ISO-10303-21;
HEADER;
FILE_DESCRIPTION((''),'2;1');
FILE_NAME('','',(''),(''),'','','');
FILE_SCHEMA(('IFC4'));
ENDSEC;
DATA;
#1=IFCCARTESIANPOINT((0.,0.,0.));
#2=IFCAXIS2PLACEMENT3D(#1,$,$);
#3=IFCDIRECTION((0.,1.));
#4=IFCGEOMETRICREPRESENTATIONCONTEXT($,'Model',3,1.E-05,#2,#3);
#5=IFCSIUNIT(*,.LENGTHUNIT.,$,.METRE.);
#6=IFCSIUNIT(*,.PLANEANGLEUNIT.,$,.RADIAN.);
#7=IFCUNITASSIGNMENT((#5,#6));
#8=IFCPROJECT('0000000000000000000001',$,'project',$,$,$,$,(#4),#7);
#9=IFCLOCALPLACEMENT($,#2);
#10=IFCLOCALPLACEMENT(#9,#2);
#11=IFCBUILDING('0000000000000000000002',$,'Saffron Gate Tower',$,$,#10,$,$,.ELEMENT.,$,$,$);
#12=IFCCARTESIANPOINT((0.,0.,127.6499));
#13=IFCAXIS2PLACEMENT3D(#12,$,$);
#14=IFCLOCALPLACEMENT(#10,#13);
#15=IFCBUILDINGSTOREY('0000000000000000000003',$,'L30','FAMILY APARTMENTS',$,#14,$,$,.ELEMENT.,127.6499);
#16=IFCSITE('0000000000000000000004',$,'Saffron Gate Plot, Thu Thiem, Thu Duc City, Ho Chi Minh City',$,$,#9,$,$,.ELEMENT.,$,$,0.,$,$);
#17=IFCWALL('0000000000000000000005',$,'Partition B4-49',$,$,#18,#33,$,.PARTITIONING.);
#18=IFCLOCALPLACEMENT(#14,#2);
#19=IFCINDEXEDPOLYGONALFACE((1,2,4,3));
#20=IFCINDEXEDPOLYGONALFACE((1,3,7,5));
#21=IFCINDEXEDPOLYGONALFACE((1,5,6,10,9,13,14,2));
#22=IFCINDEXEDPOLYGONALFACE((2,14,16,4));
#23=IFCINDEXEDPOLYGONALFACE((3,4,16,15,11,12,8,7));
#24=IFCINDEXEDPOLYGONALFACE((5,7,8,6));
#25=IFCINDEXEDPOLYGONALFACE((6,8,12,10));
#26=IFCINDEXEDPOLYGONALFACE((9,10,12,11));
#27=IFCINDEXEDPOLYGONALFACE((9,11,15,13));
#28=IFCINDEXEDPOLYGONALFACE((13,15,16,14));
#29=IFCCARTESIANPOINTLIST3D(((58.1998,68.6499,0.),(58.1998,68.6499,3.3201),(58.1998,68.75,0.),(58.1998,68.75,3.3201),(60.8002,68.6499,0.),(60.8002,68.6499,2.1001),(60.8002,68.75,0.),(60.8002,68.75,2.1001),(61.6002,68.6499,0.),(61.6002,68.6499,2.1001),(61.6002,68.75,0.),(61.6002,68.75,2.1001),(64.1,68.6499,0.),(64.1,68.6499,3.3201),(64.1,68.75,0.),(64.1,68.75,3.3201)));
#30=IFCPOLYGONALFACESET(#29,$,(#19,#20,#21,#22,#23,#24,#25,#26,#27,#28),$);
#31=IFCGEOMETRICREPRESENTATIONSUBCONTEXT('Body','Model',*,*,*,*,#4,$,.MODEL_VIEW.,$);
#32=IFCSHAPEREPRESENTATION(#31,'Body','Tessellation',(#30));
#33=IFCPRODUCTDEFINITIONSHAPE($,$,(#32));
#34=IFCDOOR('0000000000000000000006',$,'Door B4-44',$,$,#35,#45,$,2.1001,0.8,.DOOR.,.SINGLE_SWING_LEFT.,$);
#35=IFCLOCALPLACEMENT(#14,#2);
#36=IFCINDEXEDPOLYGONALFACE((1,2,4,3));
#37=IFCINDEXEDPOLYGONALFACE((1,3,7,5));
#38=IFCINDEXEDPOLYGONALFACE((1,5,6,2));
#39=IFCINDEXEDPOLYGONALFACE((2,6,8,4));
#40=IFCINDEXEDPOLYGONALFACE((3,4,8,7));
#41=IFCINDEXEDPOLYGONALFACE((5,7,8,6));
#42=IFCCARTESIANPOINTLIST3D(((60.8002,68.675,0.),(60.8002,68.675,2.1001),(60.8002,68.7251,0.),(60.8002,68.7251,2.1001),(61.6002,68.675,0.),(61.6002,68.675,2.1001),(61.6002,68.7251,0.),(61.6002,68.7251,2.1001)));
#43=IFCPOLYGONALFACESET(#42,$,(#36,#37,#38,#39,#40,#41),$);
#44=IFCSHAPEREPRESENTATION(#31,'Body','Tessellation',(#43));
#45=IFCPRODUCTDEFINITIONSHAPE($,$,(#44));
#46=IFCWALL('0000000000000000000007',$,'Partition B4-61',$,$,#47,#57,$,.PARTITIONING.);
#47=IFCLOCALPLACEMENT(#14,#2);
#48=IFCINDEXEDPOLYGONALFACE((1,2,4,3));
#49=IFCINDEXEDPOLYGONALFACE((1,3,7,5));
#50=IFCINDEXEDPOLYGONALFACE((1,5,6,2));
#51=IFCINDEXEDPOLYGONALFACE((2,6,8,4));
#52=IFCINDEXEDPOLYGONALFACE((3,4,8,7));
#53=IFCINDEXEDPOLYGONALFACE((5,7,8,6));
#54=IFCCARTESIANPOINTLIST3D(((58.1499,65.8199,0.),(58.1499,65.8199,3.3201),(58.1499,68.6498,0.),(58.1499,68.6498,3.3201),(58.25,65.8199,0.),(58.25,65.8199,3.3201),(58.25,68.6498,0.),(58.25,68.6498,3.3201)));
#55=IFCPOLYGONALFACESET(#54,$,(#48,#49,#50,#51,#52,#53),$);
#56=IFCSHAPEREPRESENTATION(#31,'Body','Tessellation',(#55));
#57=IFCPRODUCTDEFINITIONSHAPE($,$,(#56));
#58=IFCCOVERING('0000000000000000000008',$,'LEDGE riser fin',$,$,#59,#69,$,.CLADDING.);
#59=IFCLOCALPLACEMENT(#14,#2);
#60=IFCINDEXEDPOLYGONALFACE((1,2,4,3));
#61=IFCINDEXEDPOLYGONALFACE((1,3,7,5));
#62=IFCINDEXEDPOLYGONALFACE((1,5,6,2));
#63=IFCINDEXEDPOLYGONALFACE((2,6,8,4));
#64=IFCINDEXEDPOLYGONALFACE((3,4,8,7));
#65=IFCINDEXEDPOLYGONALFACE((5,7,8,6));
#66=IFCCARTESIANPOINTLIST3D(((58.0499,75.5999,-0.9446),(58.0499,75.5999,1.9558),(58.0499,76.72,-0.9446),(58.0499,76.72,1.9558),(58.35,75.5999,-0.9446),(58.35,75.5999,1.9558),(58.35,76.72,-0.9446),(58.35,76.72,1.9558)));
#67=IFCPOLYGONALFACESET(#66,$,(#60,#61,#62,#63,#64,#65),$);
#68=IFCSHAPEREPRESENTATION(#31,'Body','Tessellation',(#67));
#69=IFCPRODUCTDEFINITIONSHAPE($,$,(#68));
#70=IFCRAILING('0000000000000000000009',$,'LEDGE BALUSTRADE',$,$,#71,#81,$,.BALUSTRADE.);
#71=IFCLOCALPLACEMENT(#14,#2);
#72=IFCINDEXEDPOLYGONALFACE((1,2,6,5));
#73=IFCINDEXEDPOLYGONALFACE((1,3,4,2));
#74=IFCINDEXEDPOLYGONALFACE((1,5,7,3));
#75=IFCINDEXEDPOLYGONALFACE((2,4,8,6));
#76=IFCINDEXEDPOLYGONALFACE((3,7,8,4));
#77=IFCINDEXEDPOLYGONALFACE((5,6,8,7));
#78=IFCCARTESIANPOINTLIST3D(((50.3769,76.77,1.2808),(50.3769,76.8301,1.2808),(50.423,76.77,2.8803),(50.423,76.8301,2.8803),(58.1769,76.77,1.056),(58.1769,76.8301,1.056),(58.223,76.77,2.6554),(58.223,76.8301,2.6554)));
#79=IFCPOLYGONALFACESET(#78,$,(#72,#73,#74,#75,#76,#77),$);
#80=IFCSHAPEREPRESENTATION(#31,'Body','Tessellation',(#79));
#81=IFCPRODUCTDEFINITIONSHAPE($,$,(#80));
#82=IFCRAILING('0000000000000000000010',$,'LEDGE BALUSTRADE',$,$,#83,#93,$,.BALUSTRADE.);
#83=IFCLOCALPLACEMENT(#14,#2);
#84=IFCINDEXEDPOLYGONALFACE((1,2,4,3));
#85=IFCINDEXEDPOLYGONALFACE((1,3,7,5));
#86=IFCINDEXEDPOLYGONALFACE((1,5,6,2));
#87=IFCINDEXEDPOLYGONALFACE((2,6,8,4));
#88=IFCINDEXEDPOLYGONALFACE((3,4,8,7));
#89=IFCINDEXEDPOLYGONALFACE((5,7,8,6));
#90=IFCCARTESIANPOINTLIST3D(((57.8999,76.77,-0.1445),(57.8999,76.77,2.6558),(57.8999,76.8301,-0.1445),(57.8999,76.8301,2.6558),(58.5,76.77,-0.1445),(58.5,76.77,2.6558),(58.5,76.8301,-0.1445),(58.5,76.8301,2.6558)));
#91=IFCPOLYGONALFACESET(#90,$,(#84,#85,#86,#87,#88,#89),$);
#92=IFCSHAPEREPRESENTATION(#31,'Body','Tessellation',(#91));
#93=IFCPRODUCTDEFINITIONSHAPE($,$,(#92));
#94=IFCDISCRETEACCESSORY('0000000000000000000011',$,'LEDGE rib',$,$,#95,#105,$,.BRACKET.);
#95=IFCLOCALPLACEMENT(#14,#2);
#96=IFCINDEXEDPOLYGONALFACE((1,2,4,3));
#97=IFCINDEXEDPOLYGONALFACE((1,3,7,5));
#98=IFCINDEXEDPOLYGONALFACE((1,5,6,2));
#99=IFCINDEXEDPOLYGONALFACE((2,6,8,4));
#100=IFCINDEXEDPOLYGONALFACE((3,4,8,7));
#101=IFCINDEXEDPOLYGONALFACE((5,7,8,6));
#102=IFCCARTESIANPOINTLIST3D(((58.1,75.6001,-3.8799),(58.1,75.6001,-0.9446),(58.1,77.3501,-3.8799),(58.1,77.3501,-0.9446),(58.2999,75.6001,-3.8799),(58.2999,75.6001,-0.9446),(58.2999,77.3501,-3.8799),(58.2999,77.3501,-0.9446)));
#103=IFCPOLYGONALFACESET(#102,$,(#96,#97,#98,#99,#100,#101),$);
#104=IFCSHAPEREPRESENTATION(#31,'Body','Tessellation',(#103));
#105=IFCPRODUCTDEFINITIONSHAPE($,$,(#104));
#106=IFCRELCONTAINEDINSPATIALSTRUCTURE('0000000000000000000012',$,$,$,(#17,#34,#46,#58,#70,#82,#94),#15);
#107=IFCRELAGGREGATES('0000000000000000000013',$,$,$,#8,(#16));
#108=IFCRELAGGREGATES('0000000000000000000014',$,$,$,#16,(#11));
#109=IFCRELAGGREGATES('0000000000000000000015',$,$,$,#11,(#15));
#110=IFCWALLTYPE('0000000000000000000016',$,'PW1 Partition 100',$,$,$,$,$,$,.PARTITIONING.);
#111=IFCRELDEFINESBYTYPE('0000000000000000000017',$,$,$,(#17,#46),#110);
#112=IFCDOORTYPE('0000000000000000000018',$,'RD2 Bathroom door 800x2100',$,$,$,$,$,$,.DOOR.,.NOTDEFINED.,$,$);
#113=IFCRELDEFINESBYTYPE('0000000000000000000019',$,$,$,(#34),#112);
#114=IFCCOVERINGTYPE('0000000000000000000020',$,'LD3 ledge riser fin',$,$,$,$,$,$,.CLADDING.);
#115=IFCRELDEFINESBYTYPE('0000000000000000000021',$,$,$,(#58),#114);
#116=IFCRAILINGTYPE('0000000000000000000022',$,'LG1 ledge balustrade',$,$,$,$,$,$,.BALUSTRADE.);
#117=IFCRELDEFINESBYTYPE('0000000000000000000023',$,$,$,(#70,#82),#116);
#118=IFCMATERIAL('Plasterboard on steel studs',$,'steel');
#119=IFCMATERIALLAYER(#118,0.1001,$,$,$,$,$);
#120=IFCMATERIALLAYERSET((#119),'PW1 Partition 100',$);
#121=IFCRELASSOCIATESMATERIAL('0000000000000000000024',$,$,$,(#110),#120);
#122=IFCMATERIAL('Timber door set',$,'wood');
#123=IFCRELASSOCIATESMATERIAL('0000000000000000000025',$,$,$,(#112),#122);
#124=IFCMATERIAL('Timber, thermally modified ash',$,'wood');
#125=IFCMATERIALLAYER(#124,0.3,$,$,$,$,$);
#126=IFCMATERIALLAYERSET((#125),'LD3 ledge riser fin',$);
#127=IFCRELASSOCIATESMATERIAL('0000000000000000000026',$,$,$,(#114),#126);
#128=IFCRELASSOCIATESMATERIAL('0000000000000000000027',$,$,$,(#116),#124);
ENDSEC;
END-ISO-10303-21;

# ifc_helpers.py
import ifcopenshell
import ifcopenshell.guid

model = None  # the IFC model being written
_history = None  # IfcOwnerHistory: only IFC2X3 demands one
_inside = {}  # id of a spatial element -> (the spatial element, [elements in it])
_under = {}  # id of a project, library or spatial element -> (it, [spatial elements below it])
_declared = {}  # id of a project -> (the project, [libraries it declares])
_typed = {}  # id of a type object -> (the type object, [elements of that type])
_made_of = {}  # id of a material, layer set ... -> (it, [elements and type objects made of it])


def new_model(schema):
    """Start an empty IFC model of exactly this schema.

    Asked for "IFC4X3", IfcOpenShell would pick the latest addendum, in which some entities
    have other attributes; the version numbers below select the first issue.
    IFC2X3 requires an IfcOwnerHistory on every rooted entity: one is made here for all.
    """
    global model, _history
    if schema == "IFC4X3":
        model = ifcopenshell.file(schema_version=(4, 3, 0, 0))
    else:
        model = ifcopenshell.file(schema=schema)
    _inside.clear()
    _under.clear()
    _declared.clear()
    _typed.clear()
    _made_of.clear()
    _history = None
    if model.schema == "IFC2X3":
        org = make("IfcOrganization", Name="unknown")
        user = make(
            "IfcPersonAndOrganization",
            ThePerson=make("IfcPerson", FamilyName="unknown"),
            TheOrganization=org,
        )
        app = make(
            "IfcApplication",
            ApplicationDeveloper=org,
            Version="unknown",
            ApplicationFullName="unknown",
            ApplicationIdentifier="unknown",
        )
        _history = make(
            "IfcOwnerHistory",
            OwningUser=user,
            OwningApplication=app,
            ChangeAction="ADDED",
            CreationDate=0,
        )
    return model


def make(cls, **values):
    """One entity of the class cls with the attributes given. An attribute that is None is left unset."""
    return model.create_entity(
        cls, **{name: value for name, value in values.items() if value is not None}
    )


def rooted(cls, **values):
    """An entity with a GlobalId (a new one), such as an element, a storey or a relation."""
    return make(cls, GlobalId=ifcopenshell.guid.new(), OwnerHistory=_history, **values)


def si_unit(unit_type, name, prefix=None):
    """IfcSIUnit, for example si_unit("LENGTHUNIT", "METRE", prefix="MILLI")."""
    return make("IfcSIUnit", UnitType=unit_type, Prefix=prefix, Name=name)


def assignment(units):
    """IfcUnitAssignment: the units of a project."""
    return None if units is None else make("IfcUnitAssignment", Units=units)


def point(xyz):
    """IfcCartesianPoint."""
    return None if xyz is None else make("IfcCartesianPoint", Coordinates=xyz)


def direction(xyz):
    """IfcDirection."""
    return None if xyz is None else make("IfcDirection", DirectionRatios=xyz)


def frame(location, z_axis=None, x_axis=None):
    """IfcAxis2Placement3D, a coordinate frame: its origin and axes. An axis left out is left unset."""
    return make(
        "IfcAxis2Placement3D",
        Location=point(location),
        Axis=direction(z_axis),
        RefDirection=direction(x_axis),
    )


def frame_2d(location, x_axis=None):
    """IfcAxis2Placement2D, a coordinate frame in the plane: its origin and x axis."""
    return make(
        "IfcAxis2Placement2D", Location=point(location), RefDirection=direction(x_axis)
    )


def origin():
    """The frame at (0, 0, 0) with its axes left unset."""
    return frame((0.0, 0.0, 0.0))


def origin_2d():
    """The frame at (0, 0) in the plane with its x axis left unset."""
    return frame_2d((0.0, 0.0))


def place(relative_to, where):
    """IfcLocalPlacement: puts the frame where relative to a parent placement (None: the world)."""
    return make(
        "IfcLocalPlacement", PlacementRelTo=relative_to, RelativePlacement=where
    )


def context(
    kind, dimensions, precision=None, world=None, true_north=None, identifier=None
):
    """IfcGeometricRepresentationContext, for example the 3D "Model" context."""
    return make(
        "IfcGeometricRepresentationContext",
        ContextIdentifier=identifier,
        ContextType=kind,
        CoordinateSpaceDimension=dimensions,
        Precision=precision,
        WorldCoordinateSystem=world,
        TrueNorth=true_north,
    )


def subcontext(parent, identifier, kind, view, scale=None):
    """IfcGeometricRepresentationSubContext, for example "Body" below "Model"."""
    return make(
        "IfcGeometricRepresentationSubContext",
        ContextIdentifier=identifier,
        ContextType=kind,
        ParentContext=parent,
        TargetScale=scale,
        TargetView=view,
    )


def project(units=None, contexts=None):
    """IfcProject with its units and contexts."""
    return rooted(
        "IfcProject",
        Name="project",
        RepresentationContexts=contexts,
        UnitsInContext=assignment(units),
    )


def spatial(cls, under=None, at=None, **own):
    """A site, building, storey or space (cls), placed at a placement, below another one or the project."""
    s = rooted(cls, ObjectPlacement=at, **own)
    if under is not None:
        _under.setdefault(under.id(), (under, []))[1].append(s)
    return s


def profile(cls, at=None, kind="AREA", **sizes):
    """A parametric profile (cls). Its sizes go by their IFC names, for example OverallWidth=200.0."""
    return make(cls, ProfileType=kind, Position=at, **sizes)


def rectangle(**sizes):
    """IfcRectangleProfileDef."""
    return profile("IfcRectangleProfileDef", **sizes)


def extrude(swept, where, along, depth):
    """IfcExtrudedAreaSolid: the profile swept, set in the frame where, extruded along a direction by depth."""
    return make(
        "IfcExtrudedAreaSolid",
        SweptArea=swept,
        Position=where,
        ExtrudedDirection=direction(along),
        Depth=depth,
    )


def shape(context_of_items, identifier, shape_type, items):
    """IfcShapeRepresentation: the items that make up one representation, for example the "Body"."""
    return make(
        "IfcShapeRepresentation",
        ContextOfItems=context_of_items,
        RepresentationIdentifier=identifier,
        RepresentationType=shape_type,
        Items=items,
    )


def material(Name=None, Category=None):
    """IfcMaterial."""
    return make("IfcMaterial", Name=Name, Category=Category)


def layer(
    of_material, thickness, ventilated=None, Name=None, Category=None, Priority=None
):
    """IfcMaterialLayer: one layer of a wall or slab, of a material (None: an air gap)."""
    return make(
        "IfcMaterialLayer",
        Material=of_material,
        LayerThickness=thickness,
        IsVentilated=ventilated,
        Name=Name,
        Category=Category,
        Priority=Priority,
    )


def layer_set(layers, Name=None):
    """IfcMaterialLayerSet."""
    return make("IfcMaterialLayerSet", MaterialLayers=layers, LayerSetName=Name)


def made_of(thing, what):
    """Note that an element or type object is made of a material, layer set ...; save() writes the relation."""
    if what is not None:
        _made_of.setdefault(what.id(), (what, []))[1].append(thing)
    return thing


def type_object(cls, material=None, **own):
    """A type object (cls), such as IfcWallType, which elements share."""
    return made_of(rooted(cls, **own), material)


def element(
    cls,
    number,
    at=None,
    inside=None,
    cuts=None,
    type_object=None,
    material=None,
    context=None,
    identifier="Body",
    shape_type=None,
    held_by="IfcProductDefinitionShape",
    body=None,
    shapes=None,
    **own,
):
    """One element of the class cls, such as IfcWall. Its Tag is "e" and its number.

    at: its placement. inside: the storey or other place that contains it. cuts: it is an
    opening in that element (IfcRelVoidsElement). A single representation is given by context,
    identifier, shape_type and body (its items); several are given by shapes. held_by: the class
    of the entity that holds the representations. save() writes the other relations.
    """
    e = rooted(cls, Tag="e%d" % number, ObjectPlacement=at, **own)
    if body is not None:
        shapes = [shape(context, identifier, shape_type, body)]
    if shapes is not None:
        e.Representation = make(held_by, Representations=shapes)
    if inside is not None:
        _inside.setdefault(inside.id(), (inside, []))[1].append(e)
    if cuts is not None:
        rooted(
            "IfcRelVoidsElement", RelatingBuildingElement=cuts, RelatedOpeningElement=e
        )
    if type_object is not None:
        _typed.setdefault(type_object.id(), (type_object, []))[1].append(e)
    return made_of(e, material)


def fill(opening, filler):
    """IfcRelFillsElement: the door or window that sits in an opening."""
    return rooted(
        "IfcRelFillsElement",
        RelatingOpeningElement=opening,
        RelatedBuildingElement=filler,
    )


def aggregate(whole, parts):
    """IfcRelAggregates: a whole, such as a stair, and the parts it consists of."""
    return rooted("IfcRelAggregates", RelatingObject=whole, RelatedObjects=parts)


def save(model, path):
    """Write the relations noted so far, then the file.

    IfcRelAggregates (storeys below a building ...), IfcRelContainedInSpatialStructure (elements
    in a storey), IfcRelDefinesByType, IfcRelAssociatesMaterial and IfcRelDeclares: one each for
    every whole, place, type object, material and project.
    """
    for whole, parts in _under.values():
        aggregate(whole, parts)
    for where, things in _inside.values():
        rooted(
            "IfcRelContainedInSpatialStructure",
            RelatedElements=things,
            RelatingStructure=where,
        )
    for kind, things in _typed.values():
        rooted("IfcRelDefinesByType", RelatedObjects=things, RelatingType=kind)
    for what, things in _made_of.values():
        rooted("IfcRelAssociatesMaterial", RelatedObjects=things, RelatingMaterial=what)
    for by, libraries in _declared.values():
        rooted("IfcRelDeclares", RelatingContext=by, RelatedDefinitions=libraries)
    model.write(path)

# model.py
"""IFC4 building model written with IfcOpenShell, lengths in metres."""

from ifc_helpers import new_model, si_unit, direction, frame, frame_2d, origin, origin_2d, place, context, subcontext, project, spatial, rectangle, extrude, material, layer, layer_set, type_object, element, fill, save


model = new_model("IFC4")

# Units and contexts
model_context = context("Model", 3, precision=1e-05, world=origin(), true_north=direction((0.0, 1.0)))
body_context = subcontext(model_context, "Body", "Model", "MODEL_VIEW")
ifc_project = project(units=[si_unit("LENGTHUNIT", "METRE"), si_unit("PLANEANGLEUNIT", "RADIAN")], contexts=[model_context])

# Site, building, storey
site_placement = place(None, origin())
site = spatial("IfcSite", under=ifc_project, at=site_placement, Name="Saffron Gate Plot, Thu Thiem, Thu Duc City, Ho Chi Minh City", CompositionType="ELEMENT", RefElevation=0.0)
building_placement = place(site_placement, origin())
building = spatial("IfcBuilding", under=site, at=building_placement, Name="Saffron Gate Tower", CompositionType="ELEMENT")
storey_placement = place(building_placement, frame((0.0, 0.0, 127.6499)))
storey = spatial("IfcBuildingStorey", under=building, at=storey_placement, Name="L30", Description="FAMILY APARTMENTS", CompositionType="ELEMENT", Elevation=127.6499)

# Wall, opening, door
ifc_material_1 = material(Name="Plasterboard on steel studs", Category="steel")
ifc_layer_1 = layer(ifc_material_1, 0.1001)
ifc_layer_set_1 = layer_set([ifc_layer_1], Name="PW1 Partition 100")
wall_type_1 = type_object("IfcWallType", Name="PW1 Partition 100", PredefinedType="PARTITIONING", material=ifc_layer_set_1)
wall_1_placement = place(storey_placement, frame((64.1001, 68.7, 0.0), z_axis=(0.0, 0.0, 1.0), x_axis=(-1.0, 0.0, 0.0)))
wall_1 = element("IfcWall", 1, at=wall_1_placement, inside=storey, type_object=wall_type_1, Name="Partition B4-49", PredefinedType="PARTITIONING", context=body_context, shape_type="SweptSolid", body=[
    extrude(rectangle(XDim=5.9001, YDim=0.1001, at=frame_2d((2.9502, 0.0))), origin(), (0.0, 0.0, 1.0), 3.3201),
])
opening_1_placement = place(wall_1_placement, frame((2.5, 0.0, 0.0)))
opening_1 = element("IfcOpeningElement", 2, at=opening_1_placement, cuts=wall_1, PredefinedType="OPENING", context=body_context, shape_type="SweptSolid", body=[
    extrude(rectangle(XDim=0.8, YDim=2.1001, at=frame_2d((0.3999, 1.05))), frame((0.0, 0.0601, 0.0), z_axis=(0.0, -1.0, 0.0), x_axis=(1.0, 0.0, 0.0)), (0.0, 0.0, 1.0), 0.1201),
])
ifc_material_2 = material(Name="Timber door set", Category="wood")
door_type_1 = type_object("IfcDoorType", Name="RD2 Bathroom door 800x2100", OperationType="NOTDEFINED", PredefinedType="DOOR", material=ifc_material_2)
door_1_placement = place(opening_1_placement, origin())
door_1 = element("IfcDoor", 3, at=door_1_placement, inside=storey, type_object=door_type_1, Name="Door B4-44", OperationType="SINGLE_SWING_LEFT", OverallHeight=2.1001, OverallWidth=0.8, PredefinedType="DOOR", context=body_context, shape_type="SweptSolid", body=[
    extrude(rectangle(XDim=0.8, YDim=2.1001, at=frame_2d((0.3999, 1.05))), frame((0.0, 0.0249, 0.0), z_axis=(0.0, -1.0, 0.0), x_axis=(1.0, 0.0, 0.0)), (0.0, 0.0, 1.0), 0.05),
])
fill(opening_1, door_1)

# Wall
wall_2_placement = place(storey_placement, frame((58.2, 68.6499, 0.0), z_axis=(0.0, 0.0, 1.0), x_axis=(0.0, -1.0, 0.0)))
element("IfcWall", 4, at=wall_2_placement, inside=storey, type_object=wall_type_1, Name="Partition B4-61", PredefinedType="PARTITIONING", context=body_context, shape_type="SweptSolid", body=[
    extrude(rectangle(XDim=2.8298, YDim=0.1001, at=frame_2d((1.415, 0.0))), origin(), (0.0, 0.0, 1.0), 3.3201),
])

# Covering
ifc_material_3 = material(Name="Timber, thermally modified ash", Category="wood")
ifc_layer_2 = layer(ifc_material_3, 0.3)
ifc_layer_set_2 = layer_set([ifc_layer_2], Name="LD3 ledge riser fin")
covering_type = type_object("IfcCoveringType", Name="LD3 ledge riser fin", PredefinedType="CLADDING", material=ifc_layer_set_2)
covering_placement = place(storey_placement, frame((58.2, 76.1599, -0.9446), z_axis=(0.0, 0.0, 1.0), x_axis=(-1.0, 0.0, 0.0)))
element("IfcCovering", 5, at=covering_placement, inside=storey, type_object=covering_type, Name="LEDGE riser fin", PredefinedType="CLADDING", context=body_context, shape_type="SweptSolid", body=[
    extrude(rectangle(XDim=0.3, YDim=1.1201, at=origin_2d()), origin(), (0.0, 0.0, 1.0), 2.9004),
])

# Railings
railing_type = type_object("IfcRailingType", Name="LG1 ledge balustrade", PredefinedType="BALUSTRADE", material=ifc_material_3)
railing_1_placement = place(storey_placement, frame((58.2, 76.8, 1.0557)))
element("IfcRailing", 6, at=railing_1_placement, inside=storey, type_object=railing_type, Name="LEDGE BALUSTRADE", PredefinedType="BALUSTRADE", context=body_context, shape_type="SweptSolid", body=[
    extrude(rectangle(XDim=0.0601, YDim=1.6001, at=origin_2d()), frame((0.0, 0.0, 0.8), z_axis=(-0.999585, 0.0, 0.028815), x_axis=(0.0, -1.0, 0.0)), (0.0, 0.0, 1.0), 7.8032),
])
railing_2_placement = place(storey_placement, frame((58.5, 76.8, -0.1445)))
element("IfcRailing", 7, at=railing_2_placement, inside=storey, type_object=railing_type, Name="LEDGE BALUSTRADE", PredefinedType="BALUSTRADE", context=body_context, shape_type="SweptSolid", body=[
    extrude(rectangle(XDim=0.0601, YDim=2.8003, at=origin_2d()), frame((0.0, 0.0, 1.4001), z_axis=(-1.0, 0.0, 0.0), x_axis=(0.0, -1.0, 0.0)), (0.0, 0.0, 1.0), 0.6001),
])

# Discrete accessory
discrete_accessory_placement = place(storey_placement, frame((58.2, 76.4751, -3.8799), z_axis=(0.0, 0.0, 1.0), x_axis=(-1.0, 0.0, 0.0)))
element("IfcDiscreteAccessory", 8, at=discrete_accessory_placement, inside=storey, Name="LEDGE rib", PredefinedType="BRACKET", context=body_context, shape_type="SweptSolid", body=[
    extrude(rectangle(XDim=0.2, YDim=1.75, at=origin_2d()), origin(), (0.0, 0.0, 1.0), 2.9353),
])

save(model, "model.ifc")
